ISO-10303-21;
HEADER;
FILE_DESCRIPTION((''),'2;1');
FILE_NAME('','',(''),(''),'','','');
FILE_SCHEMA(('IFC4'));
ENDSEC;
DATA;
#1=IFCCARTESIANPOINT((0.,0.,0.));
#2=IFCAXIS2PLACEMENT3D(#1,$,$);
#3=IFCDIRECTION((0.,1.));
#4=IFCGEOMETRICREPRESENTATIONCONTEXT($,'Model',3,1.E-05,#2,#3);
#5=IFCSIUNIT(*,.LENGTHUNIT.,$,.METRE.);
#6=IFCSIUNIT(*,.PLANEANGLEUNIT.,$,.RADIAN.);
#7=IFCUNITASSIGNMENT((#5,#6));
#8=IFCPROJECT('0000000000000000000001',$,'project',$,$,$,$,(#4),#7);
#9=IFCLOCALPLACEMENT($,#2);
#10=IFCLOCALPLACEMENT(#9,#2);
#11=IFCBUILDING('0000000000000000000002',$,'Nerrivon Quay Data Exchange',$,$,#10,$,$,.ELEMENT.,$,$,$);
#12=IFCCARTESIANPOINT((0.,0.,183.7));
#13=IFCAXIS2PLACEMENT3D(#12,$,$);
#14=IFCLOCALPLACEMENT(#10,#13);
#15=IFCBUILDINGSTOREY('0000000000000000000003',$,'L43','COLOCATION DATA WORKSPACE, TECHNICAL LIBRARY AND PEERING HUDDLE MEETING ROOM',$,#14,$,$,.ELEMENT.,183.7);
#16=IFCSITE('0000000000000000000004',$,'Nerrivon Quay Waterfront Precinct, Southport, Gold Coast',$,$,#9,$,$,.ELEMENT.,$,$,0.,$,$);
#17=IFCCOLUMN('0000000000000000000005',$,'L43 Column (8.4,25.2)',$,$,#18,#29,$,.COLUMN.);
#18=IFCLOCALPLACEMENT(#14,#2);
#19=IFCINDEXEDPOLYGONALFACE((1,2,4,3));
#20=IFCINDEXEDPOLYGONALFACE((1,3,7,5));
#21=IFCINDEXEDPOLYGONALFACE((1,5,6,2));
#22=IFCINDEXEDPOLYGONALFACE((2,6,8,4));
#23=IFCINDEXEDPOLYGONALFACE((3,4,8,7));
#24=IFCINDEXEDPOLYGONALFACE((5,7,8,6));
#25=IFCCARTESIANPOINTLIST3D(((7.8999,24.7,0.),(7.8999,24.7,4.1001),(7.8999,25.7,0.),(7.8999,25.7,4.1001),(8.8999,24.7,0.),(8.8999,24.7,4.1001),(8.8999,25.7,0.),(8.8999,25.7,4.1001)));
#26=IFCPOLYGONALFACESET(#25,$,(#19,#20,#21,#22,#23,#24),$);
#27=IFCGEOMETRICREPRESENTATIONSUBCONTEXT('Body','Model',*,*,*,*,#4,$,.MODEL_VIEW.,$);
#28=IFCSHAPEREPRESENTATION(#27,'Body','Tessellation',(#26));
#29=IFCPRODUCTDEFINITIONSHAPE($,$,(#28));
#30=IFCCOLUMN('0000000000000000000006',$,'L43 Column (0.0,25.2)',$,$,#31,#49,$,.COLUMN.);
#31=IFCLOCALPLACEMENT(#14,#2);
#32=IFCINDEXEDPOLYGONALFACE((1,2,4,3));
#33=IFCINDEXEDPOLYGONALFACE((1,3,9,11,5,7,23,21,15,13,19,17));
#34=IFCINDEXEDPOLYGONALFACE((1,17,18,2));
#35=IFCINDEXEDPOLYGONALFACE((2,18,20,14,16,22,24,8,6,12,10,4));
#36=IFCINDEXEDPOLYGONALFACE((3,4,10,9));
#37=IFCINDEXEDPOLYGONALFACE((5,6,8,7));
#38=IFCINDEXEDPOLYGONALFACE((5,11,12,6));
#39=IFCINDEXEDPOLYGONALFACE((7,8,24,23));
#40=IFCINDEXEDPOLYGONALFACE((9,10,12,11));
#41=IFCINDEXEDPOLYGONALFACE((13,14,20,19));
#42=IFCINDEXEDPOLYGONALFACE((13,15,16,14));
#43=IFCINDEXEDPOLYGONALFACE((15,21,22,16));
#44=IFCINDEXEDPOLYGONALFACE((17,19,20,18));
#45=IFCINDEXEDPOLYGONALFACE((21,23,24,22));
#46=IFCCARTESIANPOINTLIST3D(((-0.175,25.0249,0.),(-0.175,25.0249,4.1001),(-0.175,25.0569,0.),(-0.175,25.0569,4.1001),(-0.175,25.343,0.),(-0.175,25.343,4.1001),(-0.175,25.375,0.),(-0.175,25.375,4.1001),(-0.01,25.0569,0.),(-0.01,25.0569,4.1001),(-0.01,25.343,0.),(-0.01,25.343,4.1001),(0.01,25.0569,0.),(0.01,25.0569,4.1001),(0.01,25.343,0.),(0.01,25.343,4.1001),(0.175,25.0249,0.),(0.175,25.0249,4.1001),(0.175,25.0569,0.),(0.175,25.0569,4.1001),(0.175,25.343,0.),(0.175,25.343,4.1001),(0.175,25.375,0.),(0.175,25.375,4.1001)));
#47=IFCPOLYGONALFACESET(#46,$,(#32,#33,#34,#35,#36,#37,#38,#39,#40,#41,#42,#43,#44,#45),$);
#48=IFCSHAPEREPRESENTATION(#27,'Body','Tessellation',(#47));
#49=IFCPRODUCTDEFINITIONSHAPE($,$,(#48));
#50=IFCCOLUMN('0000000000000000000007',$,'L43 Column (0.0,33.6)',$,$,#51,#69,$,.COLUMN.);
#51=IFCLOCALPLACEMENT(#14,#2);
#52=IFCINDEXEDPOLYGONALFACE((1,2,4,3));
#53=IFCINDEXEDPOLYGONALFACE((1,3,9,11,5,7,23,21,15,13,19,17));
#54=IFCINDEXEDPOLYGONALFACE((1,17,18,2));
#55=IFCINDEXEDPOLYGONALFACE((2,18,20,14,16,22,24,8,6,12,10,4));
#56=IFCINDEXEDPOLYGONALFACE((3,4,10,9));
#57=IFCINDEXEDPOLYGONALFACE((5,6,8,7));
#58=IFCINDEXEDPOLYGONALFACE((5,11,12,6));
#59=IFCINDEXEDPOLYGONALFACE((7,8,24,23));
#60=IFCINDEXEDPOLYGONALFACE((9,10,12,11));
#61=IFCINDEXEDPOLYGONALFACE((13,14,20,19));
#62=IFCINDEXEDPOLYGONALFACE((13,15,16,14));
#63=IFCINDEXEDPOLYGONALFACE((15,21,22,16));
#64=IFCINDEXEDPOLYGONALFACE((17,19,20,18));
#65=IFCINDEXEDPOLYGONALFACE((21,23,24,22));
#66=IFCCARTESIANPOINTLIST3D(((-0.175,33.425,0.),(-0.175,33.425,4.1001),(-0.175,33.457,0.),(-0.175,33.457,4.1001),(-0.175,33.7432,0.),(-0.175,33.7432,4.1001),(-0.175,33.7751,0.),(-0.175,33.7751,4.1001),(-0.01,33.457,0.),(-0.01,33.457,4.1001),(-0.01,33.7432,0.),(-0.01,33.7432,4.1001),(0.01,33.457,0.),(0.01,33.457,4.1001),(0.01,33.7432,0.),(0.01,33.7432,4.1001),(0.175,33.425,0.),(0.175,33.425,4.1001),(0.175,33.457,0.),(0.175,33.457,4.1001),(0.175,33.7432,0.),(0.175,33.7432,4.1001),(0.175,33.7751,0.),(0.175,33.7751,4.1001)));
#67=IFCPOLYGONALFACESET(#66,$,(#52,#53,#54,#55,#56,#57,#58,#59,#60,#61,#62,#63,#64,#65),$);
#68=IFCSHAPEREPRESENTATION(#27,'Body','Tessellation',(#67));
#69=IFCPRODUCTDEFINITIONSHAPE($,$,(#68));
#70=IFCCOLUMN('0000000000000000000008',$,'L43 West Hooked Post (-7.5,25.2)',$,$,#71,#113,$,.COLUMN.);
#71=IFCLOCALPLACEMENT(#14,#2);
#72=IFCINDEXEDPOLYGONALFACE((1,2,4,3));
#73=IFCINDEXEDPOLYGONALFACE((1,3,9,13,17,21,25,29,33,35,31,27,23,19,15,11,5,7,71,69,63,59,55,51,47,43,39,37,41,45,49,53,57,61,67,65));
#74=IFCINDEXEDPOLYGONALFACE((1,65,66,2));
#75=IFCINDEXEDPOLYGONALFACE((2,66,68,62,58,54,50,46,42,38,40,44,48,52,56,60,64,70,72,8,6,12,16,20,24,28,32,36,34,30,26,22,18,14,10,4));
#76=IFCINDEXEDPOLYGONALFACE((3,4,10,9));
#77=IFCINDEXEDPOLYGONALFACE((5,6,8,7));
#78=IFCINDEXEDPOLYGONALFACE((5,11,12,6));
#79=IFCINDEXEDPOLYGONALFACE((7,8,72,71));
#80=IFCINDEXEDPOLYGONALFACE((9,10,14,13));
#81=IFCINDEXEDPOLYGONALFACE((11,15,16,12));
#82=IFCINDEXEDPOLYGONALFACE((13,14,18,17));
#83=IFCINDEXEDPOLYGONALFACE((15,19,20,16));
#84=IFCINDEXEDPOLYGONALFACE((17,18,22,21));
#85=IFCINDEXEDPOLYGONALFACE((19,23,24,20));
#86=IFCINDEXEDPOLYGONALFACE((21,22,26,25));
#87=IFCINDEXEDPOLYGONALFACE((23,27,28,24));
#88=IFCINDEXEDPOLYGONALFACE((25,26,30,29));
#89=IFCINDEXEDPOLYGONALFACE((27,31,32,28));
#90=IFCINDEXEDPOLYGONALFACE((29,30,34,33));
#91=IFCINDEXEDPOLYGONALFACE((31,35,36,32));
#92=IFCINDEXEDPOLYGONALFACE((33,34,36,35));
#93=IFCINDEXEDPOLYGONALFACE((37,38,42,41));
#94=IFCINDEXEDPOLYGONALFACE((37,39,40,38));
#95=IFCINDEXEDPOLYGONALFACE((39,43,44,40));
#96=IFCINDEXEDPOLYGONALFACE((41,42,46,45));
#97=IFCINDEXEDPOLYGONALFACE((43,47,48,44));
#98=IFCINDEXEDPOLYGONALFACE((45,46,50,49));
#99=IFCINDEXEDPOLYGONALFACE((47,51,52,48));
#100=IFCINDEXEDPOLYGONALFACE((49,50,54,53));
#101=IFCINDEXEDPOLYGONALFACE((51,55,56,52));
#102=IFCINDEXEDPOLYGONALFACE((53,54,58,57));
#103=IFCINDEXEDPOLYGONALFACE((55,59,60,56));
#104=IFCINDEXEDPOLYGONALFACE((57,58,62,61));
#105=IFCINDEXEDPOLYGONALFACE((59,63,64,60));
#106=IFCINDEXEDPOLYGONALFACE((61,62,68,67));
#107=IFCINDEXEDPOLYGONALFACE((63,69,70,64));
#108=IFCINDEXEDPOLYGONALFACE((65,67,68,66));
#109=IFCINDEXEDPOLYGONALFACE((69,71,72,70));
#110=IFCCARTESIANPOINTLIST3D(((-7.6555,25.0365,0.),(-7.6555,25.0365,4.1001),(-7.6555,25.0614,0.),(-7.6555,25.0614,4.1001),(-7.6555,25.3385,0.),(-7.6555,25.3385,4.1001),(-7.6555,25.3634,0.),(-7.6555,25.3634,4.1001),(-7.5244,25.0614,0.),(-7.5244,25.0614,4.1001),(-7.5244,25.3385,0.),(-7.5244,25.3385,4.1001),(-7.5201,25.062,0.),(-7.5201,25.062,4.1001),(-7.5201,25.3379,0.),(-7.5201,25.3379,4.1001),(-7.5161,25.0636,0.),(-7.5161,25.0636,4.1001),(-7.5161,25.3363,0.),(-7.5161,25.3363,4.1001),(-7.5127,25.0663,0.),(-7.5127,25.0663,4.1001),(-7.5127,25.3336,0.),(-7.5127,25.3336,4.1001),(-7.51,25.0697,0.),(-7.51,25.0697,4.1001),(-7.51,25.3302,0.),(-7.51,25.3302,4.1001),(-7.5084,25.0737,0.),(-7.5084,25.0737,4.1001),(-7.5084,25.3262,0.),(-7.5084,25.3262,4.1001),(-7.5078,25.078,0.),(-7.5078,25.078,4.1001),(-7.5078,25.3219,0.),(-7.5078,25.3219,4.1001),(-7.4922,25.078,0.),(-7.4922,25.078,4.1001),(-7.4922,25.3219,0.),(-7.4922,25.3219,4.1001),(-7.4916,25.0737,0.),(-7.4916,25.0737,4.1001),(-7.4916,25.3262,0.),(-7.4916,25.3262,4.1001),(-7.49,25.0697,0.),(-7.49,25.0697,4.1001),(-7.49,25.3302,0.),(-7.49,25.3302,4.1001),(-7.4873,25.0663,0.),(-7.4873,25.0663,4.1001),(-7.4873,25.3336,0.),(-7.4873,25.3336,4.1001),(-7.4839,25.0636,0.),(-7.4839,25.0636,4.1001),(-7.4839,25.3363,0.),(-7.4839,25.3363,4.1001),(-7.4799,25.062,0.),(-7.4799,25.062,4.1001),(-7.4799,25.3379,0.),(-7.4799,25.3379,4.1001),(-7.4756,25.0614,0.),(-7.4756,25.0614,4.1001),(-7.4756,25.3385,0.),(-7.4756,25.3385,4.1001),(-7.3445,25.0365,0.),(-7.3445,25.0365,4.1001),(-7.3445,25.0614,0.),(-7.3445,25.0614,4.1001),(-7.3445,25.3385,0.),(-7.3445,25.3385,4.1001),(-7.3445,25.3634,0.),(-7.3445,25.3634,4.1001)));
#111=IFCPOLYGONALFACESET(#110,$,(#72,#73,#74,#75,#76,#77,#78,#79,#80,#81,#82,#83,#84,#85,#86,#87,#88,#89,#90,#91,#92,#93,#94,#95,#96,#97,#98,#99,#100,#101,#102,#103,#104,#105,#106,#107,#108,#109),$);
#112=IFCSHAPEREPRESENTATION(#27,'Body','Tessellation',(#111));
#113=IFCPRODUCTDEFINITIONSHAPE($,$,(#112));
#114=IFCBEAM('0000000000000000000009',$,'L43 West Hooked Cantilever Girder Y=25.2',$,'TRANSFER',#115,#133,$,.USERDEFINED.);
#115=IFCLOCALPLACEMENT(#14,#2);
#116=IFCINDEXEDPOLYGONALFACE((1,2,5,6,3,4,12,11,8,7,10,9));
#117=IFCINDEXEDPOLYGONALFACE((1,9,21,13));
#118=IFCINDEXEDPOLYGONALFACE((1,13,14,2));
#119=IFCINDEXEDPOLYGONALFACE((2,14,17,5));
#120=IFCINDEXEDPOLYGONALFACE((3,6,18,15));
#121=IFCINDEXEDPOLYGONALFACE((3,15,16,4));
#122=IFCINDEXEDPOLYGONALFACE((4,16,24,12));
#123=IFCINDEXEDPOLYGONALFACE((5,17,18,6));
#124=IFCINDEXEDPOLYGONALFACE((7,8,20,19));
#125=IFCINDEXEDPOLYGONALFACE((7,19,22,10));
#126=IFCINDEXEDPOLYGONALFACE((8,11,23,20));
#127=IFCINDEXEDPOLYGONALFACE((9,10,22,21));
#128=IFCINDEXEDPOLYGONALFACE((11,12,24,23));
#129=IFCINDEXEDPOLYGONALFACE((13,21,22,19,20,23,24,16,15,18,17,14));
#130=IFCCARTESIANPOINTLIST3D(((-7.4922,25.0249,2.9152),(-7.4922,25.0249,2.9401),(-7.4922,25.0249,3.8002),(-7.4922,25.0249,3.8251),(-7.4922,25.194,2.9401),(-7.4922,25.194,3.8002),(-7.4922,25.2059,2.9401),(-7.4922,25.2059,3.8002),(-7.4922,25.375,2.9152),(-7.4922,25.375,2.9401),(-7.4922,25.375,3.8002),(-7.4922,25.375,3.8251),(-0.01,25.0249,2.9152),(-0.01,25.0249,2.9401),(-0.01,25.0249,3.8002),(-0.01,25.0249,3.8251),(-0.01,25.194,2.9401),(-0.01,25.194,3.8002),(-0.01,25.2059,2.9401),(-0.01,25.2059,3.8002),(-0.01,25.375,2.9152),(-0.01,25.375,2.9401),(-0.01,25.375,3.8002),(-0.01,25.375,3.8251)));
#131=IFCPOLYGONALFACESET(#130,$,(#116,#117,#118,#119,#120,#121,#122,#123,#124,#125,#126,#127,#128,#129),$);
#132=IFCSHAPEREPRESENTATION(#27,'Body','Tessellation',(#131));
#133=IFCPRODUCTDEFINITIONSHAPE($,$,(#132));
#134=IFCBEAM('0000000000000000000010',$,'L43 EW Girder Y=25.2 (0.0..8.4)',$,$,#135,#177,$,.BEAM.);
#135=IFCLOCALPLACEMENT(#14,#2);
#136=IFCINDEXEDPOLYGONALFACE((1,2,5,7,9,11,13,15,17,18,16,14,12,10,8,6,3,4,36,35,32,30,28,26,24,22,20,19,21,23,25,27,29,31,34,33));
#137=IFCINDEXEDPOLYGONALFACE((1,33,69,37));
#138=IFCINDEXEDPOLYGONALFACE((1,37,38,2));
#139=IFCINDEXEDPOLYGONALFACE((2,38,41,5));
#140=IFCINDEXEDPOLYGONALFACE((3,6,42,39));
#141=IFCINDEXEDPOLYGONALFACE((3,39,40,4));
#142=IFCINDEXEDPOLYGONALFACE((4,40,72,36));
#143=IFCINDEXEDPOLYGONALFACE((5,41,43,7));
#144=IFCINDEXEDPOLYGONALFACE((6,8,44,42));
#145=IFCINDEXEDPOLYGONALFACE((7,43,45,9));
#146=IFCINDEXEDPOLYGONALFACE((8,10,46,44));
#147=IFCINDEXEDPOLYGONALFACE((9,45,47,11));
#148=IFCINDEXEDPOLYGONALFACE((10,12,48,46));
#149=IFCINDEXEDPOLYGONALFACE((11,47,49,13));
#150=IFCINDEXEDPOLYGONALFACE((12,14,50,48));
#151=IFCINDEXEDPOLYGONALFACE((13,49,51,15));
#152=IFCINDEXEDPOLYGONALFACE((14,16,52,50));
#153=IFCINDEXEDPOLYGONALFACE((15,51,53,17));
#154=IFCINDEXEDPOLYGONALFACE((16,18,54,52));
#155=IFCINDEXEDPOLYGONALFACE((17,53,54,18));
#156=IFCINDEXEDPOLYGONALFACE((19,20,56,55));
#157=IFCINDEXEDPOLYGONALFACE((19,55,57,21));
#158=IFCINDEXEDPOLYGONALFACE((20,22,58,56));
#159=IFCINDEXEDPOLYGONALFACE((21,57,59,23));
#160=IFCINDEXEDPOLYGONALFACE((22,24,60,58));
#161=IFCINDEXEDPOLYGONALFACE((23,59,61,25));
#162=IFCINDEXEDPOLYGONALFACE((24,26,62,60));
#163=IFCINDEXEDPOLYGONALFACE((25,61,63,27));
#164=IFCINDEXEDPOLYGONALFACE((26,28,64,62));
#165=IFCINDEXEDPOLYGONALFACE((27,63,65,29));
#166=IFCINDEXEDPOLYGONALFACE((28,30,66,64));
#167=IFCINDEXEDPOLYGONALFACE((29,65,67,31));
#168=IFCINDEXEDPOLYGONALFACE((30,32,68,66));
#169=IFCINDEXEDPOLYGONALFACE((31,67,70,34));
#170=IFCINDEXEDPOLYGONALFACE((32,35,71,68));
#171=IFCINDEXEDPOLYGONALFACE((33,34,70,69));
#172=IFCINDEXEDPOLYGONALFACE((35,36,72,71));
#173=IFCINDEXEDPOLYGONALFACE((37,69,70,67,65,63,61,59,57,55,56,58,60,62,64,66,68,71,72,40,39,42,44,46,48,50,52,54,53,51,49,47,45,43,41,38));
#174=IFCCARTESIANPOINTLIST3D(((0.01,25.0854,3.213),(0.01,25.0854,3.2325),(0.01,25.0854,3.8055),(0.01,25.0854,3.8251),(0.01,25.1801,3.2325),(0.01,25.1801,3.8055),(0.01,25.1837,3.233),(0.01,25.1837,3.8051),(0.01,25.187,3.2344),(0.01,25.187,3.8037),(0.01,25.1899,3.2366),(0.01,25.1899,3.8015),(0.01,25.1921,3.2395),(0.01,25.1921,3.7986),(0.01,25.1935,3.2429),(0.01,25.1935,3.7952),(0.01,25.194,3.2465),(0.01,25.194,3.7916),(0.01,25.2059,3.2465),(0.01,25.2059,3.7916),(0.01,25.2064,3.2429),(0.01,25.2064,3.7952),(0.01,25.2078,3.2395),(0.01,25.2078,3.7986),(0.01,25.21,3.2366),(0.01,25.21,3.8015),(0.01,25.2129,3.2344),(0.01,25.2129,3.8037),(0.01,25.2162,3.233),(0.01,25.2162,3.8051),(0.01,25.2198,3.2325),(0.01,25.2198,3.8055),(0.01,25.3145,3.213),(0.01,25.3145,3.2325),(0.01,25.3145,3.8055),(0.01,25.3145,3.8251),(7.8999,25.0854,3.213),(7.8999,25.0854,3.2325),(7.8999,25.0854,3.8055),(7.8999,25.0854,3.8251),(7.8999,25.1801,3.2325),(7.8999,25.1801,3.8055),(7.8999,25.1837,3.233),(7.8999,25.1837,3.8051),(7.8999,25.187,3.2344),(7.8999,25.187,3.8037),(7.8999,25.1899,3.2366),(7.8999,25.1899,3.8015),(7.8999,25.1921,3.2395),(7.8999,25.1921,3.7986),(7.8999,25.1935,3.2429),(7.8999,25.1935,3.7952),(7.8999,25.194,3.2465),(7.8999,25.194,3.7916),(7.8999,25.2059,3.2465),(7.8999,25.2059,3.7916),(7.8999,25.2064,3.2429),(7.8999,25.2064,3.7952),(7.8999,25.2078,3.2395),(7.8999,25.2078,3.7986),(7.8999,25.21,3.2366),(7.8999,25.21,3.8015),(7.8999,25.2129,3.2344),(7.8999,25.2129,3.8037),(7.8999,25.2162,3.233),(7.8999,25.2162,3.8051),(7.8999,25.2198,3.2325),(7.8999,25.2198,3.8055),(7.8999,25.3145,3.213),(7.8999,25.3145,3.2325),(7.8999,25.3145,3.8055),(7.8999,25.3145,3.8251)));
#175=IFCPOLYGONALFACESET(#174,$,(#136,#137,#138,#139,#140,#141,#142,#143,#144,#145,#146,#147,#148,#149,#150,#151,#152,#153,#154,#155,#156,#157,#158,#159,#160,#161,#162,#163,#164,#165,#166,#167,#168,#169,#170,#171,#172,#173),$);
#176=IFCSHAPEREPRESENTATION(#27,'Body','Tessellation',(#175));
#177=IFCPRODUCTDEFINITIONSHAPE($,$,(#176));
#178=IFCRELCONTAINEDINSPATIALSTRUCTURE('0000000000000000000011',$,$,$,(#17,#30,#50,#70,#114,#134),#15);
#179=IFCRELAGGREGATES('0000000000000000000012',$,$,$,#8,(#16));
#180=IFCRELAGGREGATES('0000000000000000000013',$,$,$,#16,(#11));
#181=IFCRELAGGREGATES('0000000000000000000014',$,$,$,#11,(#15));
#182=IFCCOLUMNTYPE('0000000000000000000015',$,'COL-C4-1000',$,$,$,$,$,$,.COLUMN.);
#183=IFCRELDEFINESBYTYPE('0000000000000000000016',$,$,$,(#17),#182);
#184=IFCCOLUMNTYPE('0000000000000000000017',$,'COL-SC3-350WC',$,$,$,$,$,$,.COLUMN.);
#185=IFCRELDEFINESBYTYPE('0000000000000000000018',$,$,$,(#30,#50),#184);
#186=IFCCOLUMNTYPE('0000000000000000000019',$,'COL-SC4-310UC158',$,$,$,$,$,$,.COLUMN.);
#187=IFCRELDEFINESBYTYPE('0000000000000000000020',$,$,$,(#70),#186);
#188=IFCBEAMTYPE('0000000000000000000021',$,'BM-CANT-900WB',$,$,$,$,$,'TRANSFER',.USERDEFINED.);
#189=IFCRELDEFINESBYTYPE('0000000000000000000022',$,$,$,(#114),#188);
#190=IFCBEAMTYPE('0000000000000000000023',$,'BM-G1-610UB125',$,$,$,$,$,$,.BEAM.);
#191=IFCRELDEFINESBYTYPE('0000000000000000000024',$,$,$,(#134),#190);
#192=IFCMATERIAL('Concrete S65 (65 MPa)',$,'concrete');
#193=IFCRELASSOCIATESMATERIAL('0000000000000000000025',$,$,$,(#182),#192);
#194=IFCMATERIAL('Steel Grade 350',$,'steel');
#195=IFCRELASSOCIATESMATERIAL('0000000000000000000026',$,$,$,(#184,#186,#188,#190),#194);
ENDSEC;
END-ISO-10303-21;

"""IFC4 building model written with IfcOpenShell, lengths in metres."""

from ifc_helpers import new_model, si_unit, direction, frame, origin, origin_2d, place, context, subcontext, project, spatial, rectangle, i_section, extrude, material, material_profile, profile_set, type_object, element, save


model = new_model("IFC4")

# Units and contexts
model_context = context("Model", 3, precision=1e-05, world=origin(), true_north=direction((0.0, 1.0)))
body_context = subcontext(model_context, "Body", "Model", "MODEL_VIEW")
ifc_project = project(units=[si_unit("LENGTHUNIT", "METRE"), si_unit("PLANEANGLEUNIT", "RADIAN")], contexts=[model_context])

# Site, building, storey
site_placement = place(None, origin())
site = spatial("IfcSite", under=ifc_project, at=site_placement, Name="Nerrivon Quay Waterfront Precinct, Southport, Gold Coast", CompositionType="ELEMENT", RefElevation=0.0)
building_placement = place(site_placement, origin())
building = spatial("IfcBuilding", under=site, at=building_placement, Name="Nerrivon Quay Data Exchange", CompositionType="ELEMENT")
storey_placement = place(building_placement, frame((0.0, 0.0, 183.7)))
storey = spatial("IfcBuildingStorey", under=building, at=storey_placement, Name="L43", Description="COLOCATION DATA WORKSPACE, TECHNICAL LIBRARY AND PEERING HUDDLE MEETING ROOM", CompositionType="ELEMENT", Elevation=183.7)

# Columns
ifc_material_1 = material(Name="Concrete S65 (65 MPa)", Category="concrete")
ifc_material_profile_1 = material_profile(ifc_material_1, rectangle(XDim=1.0, YDim=1.0, at=origin_2d()), Name="RC-COL-1000x1000")
ifc_profile_set_1 = profile_set([ifc_material_profile_1], Name="Concrete S65 (65 MPa)")
column_type_1 = type_object("IfcColumnType", Name="COL-C4-1000", PredefinedType="COLUMN", material=ifc_profile_set_1)
column_1_placement = place(storey_placement, frame((8.3999, 25.2, 0.0), z_axis=(0.0, 0.0, 1.0), x_axis=(1.0, 0.0, 0.0)))
element("IfcColumn", 1, at=column_1_placement, inside=storey, type_object=column_type_1, Name="L43 Column (8.4,25.2)", PredefinedType="COLUMN", context=body_context, shape_type="SweptSolid", body=[
    extrude(rectangle(XDim=1.0, YDim=1.0, at=origin_2d()), origin(), (0.0, 0.0, 1.0), 4.1001),
])
ifc_material_2 = material(Name="Steel Grade 350", Category="steel")
ifc_material_profile_2 = material_profile(ifc_material_2, i_section(OverallWidth=0.3501, OverallDepth=0.3501, WebThickness=0.02, FlangeThickness=0.032, at=origin_2d()), Name="350WC230")
ifc_profile_set_2 = profile_set([ifc_material_profile_2], Name="Steel Grade 350")
column_type_2 = type_object("IfcColumnType", Name="COL-SC3-350WC", PredefinedType="COLUMN", material=ifc_profile_set_2)
for number, where, z_axis, x_axis, name in (
    (2, (0.0, 25.2, 0.0), (0.0, 0.0, 1.0), (1.0, 0.0, 0.0), "L43 Column (0.0,25.2)"),
    (3, (0.0, 33.6001, 0.0), (0.0, 0.0, 1.0), (1.0, 0.0, 0.0), "L43 Column (0.0,33.6)"),
):
    element("IfcColumn", number, at=place(storey_placement, frame(where, z_axis=z_axis, x_axis=x_axis)), inside=storey, type_object=column_type_2, Name=name, PredefinedType="COLUMN", context=body_context, shape_type="SweptSolid", body=[
        extrude(i_section(OverallWidth=0.3501, OverallDepth=0.3501, WebThickness=0.02, FlangeThickness=0.032, at=origin_2d()), origin(), (0.0, 0.0, 1.0), 4.1001),
    ])
ifc_material_profile_3 = material_profile(ifc_material_2, i_section(OverallWidth=0.311, OverallDepth=0.3269, WebThickness=0.0156, FlangeThickness=0.0249, FilletRadius=0.0166, at=origin_2d()), Name="310UC158")
ifc_profile_set_3 = profile_set([ifc_material_profile_3], Name="Steel Grade 350")
column_type_3 = type_object("IfcColumnType", Name="COL-SC4-310UC158", PredefinedType="COLUMN", material=ifc_profile_set_3)
column_2_placement = place(storey_placement, frame((-7.5, 25.2, 0.0), z_axis=(0.0, 0.0, 1.0), x_axis=(1.0, 0.0, 0.0)))
element("IfcColumn", 4, at=column_2_placement, inside=storey, type_object=column_type_3, Name="L43 West Hooked Post (-7.5,25.2)", PredefinedType="COLUMN", context=body_context, shape_type="SweptSolid", body=[
    extrude(i_section(OverallWidth=0.311, OverallDepth=0.3269, WebThickness=0.0156, FlangeThickness=0.0249, FilletRadius=0.0166, at=origin_2d()), origin(), (0.0, 0.0, 1.0), 4.1001),
])

# Beams
ifc_material_profile_4 = material_profile(ifc_material_2, i_section(OverallWidth=0.3501, OverallDepth=0.9099, WebThickness=0.012, FlangeThickness=0.0249, at=origin_2d()), Name="900WB218")
ifc_profile_set_4 = profile_set([ifc_material_profile_4], Name="Steel Grade 350")
beam_type_1 = type_object("IfcBeamType", Name="BM-CANT-900WB", ElementType="TRANSFER", PredefinedType="USERDEFINED", material=ifc_profile_set_4)
beam_1_placement = place(storey_placement, frame((-0.01, 25.2, 3.3701), z_axis=(-1.0, 0.0, 0.0), x_axis=(0.0, -1.0, 0.0)))
element("IfcBeam", 5, at=beam_1_placement, inside=storey, type_object=beam_type_1, Name="L43 West Hooked Cantilever Girder Y=25.2", ObjectType="TRANSFER", PredefinedType="USERDEFINED", context=body_context, shape_type="SweptSolid", body=[
    extrude(i_section(OverallWidth=0.3501, OverallDepth=0.9099, WebThickness=0.012, FlangeThickness=0.0249, at=origin_2d()), origin(), (0.0, 0.0, 1.0), 7.4822),
])
ifc_material_profile_5 = material_profile(ifc_material_2, i_section(OverallWidth=0.229, OverallDepth=0.6121, WebThickness=0.012, FlangeThickness=0.0195, FilletRadius=0.0139, at=origin_2d()), Name="610UB125")
ifc_profile_set_5 = profile_set([ifc_material_profile_5], Name="Steel Grade 350")
beam_type_2 = type_object("IfcBeamType", Name="BM-G1-610UB125", PredefinedType="BEAM", material=ifc_profile_set_5)
beam_2_placement = place(storey_placement, frame((0.01, 25.2, 3.519), z_axis=(1.0, 0.0, 0.0), x_axis=(0.0, 1.0, 0.0)))
element("IfcBeam", 6, at=beam_2_placement, inside=storey, type_object=beam_type_2, Name="L43 EW Girder Y=25.2 (0.0..8.4)", PredefinedType="BEAM", context=body_context, shape_type="SweptSolid", body=[
    extrude(i_section(OverallWidth=0.229, OverallDepth=0.6121, WebThickness=0.012, FlangeThickness=0.0195, FilletRadius=0.0139, at=origin_2d()), origin(), (0.0, 0.0, 1.0), 7.8899),
])

save(model, "model.ifc")
